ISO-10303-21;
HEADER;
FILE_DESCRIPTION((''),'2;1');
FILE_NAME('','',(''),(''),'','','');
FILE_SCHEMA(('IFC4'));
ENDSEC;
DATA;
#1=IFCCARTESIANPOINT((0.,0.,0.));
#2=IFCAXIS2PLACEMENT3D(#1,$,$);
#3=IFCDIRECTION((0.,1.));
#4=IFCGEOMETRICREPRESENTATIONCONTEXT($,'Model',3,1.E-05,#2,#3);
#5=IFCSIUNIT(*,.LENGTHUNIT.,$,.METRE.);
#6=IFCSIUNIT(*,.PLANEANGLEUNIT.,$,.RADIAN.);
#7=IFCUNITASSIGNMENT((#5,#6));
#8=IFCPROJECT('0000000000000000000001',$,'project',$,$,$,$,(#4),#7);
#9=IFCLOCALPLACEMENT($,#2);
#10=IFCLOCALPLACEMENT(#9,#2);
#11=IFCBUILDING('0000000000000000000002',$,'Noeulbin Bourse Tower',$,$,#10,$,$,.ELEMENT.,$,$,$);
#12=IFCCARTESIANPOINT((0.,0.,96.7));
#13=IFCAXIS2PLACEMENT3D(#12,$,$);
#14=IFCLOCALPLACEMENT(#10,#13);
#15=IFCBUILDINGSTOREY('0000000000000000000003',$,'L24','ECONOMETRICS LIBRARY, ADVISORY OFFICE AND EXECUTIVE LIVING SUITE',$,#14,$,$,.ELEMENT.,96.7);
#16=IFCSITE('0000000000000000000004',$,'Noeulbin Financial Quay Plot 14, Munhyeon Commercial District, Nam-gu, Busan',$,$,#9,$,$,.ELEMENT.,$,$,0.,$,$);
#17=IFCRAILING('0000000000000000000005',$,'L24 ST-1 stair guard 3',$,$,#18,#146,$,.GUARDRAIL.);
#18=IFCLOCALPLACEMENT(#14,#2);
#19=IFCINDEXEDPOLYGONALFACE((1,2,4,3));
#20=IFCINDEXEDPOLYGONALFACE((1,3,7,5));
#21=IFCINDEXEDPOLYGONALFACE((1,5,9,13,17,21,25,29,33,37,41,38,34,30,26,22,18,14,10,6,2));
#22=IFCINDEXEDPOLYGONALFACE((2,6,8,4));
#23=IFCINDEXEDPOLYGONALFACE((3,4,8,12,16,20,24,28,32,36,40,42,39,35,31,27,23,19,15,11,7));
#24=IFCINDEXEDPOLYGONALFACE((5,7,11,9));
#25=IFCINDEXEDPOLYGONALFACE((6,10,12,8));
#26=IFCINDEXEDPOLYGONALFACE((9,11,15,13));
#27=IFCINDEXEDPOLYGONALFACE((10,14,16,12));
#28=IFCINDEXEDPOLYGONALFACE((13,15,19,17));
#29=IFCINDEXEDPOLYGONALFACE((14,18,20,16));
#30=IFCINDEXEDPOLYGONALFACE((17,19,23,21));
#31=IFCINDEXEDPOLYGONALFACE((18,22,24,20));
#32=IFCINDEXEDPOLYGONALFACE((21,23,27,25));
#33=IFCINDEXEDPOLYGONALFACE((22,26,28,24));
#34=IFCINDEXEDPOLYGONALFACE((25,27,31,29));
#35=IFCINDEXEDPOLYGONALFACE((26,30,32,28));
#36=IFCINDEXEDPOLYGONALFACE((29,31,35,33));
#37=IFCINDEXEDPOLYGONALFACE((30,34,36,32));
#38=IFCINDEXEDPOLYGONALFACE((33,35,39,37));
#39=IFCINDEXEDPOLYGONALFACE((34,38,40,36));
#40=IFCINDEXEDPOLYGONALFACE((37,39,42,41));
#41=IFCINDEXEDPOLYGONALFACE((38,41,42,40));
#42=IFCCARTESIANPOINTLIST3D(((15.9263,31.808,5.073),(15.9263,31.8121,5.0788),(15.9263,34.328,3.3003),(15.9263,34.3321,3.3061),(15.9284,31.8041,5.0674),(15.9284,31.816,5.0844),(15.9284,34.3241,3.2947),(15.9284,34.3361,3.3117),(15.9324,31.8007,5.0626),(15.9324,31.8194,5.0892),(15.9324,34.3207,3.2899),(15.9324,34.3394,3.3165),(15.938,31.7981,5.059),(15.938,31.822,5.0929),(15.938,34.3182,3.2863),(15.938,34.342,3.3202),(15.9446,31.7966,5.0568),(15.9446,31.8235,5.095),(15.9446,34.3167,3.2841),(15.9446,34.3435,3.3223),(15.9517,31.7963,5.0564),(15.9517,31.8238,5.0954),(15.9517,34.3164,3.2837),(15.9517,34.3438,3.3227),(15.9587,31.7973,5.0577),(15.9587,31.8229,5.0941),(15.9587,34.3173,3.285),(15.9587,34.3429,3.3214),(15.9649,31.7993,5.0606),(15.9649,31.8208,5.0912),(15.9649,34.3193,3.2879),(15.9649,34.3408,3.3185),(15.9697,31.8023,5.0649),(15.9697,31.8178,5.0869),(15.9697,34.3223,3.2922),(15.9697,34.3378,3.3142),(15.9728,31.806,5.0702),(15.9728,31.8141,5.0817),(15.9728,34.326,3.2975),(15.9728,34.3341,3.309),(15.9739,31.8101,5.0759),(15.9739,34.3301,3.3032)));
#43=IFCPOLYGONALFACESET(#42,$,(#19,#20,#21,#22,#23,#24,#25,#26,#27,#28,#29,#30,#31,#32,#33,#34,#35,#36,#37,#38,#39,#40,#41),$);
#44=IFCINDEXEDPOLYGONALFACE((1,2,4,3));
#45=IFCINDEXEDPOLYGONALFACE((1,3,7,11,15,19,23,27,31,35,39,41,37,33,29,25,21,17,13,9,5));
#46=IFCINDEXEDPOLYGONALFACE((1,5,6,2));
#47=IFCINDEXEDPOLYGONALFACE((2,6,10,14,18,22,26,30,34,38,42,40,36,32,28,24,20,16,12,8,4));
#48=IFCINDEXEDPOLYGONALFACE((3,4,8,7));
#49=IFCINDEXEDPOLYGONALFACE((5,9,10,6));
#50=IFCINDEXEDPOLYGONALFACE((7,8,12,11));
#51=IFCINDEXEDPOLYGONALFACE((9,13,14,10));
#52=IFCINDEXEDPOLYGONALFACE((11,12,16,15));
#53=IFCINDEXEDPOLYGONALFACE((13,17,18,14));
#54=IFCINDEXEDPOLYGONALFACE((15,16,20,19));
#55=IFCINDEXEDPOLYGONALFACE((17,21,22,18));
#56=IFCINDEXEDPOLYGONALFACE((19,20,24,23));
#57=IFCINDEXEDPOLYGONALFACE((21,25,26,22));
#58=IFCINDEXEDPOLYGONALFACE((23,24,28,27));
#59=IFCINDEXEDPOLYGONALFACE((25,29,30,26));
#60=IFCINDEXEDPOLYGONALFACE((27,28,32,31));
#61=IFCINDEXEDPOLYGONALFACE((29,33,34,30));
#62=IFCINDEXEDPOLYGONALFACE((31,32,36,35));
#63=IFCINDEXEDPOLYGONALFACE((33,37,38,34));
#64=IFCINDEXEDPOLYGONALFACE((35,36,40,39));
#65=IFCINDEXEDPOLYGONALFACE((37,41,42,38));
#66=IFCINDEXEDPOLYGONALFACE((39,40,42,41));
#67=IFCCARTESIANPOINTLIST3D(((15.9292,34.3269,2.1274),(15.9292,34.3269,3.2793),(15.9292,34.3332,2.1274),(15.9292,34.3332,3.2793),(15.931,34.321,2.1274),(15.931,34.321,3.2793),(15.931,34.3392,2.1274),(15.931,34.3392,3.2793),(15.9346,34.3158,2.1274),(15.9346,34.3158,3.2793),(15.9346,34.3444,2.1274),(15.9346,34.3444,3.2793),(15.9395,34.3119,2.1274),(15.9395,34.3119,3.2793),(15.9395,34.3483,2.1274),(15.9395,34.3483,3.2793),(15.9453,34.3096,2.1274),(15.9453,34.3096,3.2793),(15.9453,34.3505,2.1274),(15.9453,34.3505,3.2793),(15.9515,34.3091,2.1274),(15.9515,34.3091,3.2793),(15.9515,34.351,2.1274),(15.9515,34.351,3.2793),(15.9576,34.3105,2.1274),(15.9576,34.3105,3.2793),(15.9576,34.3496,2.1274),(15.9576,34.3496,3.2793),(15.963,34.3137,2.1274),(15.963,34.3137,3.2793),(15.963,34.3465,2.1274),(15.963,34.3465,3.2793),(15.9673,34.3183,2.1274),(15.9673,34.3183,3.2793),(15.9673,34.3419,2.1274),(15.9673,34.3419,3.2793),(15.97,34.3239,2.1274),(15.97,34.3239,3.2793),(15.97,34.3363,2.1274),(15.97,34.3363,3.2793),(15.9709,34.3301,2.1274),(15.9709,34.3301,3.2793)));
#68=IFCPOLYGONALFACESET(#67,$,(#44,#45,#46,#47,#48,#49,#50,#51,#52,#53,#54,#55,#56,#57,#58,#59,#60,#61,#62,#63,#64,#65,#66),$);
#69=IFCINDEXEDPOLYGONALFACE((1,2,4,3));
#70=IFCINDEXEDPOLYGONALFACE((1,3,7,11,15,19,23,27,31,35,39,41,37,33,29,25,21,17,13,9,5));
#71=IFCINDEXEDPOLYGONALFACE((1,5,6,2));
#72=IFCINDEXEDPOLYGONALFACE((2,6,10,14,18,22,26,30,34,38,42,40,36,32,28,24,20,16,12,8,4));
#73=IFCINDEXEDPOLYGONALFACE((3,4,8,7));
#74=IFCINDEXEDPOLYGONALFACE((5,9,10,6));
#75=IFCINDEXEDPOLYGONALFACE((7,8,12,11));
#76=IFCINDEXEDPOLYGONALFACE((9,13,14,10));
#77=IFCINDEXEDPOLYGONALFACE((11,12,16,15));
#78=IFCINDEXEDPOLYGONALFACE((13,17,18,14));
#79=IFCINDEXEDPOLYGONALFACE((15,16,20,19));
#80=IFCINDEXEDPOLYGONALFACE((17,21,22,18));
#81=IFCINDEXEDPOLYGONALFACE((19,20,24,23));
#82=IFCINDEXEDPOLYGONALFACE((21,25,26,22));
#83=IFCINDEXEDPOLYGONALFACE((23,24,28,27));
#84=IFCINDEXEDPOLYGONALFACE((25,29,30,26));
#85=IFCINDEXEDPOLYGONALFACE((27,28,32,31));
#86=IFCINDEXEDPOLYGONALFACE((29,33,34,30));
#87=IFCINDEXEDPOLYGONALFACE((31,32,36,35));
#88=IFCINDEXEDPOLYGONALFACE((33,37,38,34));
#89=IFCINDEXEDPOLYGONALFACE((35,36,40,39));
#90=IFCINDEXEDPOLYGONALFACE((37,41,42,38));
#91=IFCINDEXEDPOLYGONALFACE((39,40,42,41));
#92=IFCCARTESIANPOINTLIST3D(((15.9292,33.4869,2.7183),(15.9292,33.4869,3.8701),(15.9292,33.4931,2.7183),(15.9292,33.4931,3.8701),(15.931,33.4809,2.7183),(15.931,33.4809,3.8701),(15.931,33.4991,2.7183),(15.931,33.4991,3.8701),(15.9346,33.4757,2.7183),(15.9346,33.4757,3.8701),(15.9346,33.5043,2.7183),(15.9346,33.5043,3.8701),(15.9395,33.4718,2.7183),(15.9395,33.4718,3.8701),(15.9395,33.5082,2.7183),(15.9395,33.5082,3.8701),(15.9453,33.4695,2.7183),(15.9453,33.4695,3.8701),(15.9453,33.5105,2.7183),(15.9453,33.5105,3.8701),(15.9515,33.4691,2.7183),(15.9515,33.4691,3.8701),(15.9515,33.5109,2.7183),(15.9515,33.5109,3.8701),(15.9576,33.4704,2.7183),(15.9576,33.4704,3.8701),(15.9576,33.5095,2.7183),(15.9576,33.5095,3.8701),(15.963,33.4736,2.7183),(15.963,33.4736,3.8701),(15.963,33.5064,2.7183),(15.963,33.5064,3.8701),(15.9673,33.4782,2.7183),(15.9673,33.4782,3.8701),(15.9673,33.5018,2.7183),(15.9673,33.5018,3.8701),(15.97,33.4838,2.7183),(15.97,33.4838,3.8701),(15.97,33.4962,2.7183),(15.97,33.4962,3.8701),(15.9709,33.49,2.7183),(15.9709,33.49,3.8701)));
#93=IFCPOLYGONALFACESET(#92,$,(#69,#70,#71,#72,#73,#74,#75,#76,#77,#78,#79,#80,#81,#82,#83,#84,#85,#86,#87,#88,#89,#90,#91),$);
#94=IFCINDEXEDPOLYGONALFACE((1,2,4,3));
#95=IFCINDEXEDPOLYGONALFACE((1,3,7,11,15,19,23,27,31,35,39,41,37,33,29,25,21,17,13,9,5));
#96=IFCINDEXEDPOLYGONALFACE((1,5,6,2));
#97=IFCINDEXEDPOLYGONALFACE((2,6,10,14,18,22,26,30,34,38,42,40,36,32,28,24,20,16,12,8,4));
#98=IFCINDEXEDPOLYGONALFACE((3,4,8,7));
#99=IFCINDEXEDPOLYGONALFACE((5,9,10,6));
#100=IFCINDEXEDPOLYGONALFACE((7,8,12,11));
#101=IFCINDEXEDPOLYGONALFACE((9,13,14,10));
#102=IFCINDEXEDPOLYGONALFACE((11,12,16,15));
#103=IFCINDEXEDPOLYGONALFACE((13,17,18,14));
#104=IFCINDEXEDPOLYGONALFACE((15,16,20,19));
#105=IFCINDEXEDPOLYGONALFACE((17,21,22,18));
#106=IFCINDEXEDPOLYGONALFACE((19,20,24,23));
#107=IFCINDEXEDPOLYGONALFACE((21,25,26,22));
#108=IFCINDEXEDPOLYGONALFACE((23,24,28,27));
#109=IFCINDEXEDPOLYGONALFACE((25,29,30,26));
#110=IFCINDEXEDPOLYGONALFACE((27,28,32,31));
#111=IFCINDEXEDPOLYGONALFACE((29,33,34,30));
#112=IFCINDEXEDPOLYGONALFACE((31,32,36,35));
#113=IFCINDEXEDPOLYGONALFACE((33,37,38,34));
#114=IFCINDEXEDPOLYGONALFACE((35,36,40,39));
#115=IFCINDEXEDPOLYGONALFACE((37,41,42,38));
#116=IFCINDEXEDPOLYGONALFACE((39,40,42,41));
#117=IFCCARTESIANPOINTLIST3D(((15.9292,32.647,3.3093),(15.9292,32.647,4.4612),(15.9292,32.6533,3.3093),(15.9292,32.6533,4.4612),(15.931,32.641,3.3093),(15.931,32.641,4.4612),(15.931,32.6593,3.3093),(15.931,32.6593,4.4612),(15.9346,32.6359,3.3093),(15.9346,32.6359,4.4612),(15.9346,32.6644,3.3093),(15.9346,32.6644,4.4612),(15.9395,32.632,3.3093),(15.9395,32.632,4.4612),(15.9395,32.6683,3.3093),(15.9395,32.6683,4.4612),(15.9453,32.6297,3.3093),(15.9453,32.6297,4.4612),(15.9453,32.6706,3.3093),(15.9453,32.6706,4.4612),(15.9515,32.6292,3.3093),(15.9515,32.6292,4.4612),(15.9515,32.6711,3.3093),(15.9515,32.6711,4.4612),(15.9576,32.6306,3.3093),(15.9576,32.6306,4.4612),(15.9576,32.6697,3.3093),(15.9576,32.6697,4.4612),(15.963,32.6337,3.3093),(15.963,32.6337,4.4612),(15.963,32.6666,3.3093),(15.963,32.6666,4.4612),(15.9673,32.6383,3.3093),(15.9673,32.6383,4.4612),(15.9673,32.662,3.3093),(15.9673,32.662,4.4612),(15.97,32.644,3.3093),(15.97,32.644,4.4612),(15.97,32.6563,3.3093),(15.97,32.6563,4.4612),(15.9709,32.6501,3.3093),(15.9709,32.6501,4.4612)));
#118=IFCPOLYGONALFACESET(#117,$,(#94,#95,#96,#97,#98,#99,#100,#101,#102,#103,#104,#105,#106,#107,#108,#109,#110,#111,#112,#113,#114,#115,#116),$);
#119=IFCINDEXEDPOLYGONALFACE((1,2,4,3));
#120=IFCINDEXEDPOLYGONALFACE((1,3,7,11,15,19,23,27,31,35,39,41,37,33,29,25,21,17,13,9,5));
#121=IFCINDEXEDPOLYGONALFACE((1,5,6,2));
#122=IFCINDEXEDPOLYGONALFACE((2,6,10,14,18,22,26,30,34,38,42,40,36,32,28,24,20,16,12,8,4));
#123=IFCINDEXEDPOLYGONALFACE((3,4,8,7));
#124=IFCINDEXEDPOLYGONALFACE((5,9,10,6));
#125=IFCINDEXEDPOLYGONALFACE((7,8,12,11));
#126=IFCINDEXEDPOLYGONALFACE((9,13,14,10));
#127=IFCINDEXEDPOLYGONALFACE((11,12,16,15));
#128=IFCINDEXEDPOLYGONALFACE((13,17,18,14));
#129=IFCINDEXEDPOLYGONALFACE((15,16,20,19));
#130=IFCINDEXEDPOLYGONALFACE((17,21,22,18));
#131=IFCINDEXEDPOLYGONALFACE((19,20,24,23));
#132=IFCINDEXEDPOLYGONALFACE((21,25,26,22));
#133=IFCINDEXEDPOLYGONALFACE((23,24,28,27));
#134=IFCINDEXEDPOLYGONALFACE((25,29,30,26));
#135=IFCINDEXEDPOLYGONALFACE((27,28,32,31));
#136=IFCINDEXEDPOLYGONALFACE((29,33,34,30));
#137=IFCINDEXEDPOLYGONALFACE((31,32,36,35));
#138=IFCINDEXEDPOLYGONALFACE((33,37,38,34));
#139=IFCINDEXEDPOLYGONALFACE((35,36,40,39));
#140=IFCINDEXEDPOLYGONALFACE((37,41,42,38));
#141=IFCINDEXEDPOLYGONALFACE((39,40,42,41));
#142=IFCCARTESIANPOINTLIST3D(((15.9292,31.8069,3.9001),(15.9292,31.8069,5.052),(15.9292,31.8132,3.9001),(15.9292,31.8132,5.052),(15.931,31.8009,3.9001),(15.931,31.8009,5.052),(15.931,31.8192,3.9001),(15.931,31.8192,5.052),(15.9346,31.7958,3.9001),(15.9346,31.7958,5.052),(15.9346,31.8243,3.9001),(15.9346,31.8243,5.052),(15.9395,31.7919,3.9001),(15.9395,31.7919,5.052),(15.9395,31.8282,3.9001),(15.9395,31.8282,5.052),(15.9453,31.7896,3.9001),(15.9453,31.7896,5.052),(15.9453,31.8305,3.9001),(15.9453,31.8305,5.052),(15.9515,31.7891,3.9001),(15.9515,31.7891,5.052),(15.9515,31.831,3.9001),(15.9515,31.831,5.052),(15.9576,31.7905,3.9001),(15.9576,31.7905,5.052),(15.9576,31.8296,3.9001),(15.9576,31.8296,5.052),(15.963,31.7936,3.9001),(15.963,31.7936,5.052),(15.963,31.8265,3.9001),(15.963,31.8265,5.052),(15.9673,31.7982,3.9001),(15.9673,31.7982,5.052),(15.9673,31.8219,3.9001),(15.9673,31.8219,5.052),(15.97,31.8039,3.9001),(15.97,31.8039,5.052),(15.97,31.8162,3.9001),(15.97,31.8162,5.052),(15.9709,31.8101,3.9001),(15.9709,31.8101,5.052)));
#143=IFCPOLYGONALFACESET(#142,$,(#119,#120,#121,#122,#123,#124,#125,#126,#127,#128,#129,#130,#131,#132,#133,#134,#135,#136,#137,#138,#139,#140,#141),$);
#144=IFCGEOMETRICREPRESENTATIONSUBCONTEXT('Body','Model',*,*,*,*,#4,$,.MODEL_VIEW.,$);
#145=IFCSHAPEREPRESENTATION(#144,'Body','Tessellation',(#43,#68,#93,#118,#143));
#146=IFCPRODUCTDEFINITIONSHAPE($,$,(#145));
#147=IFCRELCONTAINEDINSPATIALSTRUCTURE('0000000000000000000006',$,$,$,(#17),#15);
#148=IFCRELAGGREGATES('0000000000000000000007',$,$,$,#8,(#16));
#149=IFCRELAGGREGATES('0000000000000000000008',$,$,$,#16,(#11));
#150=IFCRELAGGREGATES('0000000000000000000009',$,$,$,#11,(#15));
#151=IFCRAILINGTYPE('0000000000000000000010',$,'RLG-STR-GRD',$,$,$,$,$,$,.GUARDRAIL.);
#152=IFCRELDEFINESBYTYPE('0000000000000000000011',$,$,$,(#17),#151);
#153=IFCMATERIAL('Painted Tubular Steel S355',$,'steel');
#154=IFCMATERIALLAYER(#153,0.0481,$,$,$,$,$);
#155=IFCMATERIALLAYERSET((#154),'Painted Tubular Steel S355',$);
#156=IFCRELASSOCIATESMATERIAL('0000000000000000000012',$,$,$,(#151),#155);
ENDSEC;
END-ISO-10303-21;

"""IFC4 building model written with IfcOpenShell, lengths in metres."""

from ifc_helpers import new_model, si_unit, direction, frame, origin, origin_2d, place, context, subcontext, project, spatial, circle, extrude, material, layer, layer_set, type_object, element, save


model = new_model("IFC4")

# Units and contexts
model_context = context("Model", 3, precision=1e-05, world=origin(), true_north=direction((0.0, 1.0)))
body_context = subcontext(model_context, "Body", "Model", "MODEL_VIEW")
ifc_project = project(units=[si_unit("LENGTHUNIT", "METRE"), si_unit("PLANEANGLEUNIT", "RADIAN")], contexts=[model_context])

# Site, building, storey
site_placement = place(None, origin())
site = spatial("IfcSite", under=ifc_project, at=site_placement, Name="Noeulbin Financial Quay Plot 14, Munhyeon Commercial District, Nam-gu, Busan", CompositionType="ELEMENT", RefElevation=0.0)
building_placement = place(site_placement, origin())
building = spatial("IfcBuilding", under=site, at=building_placement, Name="Noeulbin Bourse Tower", CompositionType="ELEMENT")
storey_placement = place(building_placement, frame((0.0, 0.0, 96.7)))
storey = spatial("IfcBuildingStorey", under=building, at=storey_placement, Name="L24", Description="ECONOMETRICS LIBRARY, ADVISORY OFFICE AND EXECUTIVE LIVING SUITE", CompositionType="ELEMENT", Elevation=96.7)

# Railing
ifc_material_1 = material(Name="Painted Tubular Steel S355", Category="steel")
ifc_layer_1 = layer(ifc_material_1, 0.0481)
ifc_layer_set_1 = layer_set([ifc_layer_1], Name="Painted Tubular Steel S355")
railing_type_1 = type_object("IfcRailingType", Name="RLG-STR-GRD", PredefinedType="GUARDRAIL", material=ifc_layer_set_1)
railing_1_placement = place(storey_placement, frame((15.95, 34.3301, 2.1274)))
element("IfcRailing", 1, at=railing_1_placement, inside=storey, type_object=railing_type_1, Name="L24 ST-1 stair guard 3", PredefinedType="GUARDRAIL", context=body_context, shape_type="SweptSolid", body=[
    extrude(circle(Radius=0.0239, at=origin_2d()), frame((0.0, 0.0, 1.1758), z_axis=(0.0, -0.817904, 0.575354), x_axis=(1.0, 0.0, 0.0)), (0.0, 0.0, 1.0), 3.0811),
    extrude(circle(Radius=0.021, at=origin_2d()), origin(), (0.0, 0.0, 1.0), 1.1519),
    extrude(circle(Radius=0.021, at=origin_2d()), frame((0.0, -0.8401, 0.5908)), (0.0, 0.0, 1.0), 1.1519),
    extrude(circle(Radius=0.021, at=origin_2d()), frame((0.0, -1.6799, 1.1819)), (0.0, 0.0, 1.0), 1.1519),
    extrude(circle(Radius=0.021, at=origin_2d()), frame((0.0, -2.52, 1.7727)), (0.0, 0.0, 1.0), 1.1519),
])

save(model, "model.ifc")
